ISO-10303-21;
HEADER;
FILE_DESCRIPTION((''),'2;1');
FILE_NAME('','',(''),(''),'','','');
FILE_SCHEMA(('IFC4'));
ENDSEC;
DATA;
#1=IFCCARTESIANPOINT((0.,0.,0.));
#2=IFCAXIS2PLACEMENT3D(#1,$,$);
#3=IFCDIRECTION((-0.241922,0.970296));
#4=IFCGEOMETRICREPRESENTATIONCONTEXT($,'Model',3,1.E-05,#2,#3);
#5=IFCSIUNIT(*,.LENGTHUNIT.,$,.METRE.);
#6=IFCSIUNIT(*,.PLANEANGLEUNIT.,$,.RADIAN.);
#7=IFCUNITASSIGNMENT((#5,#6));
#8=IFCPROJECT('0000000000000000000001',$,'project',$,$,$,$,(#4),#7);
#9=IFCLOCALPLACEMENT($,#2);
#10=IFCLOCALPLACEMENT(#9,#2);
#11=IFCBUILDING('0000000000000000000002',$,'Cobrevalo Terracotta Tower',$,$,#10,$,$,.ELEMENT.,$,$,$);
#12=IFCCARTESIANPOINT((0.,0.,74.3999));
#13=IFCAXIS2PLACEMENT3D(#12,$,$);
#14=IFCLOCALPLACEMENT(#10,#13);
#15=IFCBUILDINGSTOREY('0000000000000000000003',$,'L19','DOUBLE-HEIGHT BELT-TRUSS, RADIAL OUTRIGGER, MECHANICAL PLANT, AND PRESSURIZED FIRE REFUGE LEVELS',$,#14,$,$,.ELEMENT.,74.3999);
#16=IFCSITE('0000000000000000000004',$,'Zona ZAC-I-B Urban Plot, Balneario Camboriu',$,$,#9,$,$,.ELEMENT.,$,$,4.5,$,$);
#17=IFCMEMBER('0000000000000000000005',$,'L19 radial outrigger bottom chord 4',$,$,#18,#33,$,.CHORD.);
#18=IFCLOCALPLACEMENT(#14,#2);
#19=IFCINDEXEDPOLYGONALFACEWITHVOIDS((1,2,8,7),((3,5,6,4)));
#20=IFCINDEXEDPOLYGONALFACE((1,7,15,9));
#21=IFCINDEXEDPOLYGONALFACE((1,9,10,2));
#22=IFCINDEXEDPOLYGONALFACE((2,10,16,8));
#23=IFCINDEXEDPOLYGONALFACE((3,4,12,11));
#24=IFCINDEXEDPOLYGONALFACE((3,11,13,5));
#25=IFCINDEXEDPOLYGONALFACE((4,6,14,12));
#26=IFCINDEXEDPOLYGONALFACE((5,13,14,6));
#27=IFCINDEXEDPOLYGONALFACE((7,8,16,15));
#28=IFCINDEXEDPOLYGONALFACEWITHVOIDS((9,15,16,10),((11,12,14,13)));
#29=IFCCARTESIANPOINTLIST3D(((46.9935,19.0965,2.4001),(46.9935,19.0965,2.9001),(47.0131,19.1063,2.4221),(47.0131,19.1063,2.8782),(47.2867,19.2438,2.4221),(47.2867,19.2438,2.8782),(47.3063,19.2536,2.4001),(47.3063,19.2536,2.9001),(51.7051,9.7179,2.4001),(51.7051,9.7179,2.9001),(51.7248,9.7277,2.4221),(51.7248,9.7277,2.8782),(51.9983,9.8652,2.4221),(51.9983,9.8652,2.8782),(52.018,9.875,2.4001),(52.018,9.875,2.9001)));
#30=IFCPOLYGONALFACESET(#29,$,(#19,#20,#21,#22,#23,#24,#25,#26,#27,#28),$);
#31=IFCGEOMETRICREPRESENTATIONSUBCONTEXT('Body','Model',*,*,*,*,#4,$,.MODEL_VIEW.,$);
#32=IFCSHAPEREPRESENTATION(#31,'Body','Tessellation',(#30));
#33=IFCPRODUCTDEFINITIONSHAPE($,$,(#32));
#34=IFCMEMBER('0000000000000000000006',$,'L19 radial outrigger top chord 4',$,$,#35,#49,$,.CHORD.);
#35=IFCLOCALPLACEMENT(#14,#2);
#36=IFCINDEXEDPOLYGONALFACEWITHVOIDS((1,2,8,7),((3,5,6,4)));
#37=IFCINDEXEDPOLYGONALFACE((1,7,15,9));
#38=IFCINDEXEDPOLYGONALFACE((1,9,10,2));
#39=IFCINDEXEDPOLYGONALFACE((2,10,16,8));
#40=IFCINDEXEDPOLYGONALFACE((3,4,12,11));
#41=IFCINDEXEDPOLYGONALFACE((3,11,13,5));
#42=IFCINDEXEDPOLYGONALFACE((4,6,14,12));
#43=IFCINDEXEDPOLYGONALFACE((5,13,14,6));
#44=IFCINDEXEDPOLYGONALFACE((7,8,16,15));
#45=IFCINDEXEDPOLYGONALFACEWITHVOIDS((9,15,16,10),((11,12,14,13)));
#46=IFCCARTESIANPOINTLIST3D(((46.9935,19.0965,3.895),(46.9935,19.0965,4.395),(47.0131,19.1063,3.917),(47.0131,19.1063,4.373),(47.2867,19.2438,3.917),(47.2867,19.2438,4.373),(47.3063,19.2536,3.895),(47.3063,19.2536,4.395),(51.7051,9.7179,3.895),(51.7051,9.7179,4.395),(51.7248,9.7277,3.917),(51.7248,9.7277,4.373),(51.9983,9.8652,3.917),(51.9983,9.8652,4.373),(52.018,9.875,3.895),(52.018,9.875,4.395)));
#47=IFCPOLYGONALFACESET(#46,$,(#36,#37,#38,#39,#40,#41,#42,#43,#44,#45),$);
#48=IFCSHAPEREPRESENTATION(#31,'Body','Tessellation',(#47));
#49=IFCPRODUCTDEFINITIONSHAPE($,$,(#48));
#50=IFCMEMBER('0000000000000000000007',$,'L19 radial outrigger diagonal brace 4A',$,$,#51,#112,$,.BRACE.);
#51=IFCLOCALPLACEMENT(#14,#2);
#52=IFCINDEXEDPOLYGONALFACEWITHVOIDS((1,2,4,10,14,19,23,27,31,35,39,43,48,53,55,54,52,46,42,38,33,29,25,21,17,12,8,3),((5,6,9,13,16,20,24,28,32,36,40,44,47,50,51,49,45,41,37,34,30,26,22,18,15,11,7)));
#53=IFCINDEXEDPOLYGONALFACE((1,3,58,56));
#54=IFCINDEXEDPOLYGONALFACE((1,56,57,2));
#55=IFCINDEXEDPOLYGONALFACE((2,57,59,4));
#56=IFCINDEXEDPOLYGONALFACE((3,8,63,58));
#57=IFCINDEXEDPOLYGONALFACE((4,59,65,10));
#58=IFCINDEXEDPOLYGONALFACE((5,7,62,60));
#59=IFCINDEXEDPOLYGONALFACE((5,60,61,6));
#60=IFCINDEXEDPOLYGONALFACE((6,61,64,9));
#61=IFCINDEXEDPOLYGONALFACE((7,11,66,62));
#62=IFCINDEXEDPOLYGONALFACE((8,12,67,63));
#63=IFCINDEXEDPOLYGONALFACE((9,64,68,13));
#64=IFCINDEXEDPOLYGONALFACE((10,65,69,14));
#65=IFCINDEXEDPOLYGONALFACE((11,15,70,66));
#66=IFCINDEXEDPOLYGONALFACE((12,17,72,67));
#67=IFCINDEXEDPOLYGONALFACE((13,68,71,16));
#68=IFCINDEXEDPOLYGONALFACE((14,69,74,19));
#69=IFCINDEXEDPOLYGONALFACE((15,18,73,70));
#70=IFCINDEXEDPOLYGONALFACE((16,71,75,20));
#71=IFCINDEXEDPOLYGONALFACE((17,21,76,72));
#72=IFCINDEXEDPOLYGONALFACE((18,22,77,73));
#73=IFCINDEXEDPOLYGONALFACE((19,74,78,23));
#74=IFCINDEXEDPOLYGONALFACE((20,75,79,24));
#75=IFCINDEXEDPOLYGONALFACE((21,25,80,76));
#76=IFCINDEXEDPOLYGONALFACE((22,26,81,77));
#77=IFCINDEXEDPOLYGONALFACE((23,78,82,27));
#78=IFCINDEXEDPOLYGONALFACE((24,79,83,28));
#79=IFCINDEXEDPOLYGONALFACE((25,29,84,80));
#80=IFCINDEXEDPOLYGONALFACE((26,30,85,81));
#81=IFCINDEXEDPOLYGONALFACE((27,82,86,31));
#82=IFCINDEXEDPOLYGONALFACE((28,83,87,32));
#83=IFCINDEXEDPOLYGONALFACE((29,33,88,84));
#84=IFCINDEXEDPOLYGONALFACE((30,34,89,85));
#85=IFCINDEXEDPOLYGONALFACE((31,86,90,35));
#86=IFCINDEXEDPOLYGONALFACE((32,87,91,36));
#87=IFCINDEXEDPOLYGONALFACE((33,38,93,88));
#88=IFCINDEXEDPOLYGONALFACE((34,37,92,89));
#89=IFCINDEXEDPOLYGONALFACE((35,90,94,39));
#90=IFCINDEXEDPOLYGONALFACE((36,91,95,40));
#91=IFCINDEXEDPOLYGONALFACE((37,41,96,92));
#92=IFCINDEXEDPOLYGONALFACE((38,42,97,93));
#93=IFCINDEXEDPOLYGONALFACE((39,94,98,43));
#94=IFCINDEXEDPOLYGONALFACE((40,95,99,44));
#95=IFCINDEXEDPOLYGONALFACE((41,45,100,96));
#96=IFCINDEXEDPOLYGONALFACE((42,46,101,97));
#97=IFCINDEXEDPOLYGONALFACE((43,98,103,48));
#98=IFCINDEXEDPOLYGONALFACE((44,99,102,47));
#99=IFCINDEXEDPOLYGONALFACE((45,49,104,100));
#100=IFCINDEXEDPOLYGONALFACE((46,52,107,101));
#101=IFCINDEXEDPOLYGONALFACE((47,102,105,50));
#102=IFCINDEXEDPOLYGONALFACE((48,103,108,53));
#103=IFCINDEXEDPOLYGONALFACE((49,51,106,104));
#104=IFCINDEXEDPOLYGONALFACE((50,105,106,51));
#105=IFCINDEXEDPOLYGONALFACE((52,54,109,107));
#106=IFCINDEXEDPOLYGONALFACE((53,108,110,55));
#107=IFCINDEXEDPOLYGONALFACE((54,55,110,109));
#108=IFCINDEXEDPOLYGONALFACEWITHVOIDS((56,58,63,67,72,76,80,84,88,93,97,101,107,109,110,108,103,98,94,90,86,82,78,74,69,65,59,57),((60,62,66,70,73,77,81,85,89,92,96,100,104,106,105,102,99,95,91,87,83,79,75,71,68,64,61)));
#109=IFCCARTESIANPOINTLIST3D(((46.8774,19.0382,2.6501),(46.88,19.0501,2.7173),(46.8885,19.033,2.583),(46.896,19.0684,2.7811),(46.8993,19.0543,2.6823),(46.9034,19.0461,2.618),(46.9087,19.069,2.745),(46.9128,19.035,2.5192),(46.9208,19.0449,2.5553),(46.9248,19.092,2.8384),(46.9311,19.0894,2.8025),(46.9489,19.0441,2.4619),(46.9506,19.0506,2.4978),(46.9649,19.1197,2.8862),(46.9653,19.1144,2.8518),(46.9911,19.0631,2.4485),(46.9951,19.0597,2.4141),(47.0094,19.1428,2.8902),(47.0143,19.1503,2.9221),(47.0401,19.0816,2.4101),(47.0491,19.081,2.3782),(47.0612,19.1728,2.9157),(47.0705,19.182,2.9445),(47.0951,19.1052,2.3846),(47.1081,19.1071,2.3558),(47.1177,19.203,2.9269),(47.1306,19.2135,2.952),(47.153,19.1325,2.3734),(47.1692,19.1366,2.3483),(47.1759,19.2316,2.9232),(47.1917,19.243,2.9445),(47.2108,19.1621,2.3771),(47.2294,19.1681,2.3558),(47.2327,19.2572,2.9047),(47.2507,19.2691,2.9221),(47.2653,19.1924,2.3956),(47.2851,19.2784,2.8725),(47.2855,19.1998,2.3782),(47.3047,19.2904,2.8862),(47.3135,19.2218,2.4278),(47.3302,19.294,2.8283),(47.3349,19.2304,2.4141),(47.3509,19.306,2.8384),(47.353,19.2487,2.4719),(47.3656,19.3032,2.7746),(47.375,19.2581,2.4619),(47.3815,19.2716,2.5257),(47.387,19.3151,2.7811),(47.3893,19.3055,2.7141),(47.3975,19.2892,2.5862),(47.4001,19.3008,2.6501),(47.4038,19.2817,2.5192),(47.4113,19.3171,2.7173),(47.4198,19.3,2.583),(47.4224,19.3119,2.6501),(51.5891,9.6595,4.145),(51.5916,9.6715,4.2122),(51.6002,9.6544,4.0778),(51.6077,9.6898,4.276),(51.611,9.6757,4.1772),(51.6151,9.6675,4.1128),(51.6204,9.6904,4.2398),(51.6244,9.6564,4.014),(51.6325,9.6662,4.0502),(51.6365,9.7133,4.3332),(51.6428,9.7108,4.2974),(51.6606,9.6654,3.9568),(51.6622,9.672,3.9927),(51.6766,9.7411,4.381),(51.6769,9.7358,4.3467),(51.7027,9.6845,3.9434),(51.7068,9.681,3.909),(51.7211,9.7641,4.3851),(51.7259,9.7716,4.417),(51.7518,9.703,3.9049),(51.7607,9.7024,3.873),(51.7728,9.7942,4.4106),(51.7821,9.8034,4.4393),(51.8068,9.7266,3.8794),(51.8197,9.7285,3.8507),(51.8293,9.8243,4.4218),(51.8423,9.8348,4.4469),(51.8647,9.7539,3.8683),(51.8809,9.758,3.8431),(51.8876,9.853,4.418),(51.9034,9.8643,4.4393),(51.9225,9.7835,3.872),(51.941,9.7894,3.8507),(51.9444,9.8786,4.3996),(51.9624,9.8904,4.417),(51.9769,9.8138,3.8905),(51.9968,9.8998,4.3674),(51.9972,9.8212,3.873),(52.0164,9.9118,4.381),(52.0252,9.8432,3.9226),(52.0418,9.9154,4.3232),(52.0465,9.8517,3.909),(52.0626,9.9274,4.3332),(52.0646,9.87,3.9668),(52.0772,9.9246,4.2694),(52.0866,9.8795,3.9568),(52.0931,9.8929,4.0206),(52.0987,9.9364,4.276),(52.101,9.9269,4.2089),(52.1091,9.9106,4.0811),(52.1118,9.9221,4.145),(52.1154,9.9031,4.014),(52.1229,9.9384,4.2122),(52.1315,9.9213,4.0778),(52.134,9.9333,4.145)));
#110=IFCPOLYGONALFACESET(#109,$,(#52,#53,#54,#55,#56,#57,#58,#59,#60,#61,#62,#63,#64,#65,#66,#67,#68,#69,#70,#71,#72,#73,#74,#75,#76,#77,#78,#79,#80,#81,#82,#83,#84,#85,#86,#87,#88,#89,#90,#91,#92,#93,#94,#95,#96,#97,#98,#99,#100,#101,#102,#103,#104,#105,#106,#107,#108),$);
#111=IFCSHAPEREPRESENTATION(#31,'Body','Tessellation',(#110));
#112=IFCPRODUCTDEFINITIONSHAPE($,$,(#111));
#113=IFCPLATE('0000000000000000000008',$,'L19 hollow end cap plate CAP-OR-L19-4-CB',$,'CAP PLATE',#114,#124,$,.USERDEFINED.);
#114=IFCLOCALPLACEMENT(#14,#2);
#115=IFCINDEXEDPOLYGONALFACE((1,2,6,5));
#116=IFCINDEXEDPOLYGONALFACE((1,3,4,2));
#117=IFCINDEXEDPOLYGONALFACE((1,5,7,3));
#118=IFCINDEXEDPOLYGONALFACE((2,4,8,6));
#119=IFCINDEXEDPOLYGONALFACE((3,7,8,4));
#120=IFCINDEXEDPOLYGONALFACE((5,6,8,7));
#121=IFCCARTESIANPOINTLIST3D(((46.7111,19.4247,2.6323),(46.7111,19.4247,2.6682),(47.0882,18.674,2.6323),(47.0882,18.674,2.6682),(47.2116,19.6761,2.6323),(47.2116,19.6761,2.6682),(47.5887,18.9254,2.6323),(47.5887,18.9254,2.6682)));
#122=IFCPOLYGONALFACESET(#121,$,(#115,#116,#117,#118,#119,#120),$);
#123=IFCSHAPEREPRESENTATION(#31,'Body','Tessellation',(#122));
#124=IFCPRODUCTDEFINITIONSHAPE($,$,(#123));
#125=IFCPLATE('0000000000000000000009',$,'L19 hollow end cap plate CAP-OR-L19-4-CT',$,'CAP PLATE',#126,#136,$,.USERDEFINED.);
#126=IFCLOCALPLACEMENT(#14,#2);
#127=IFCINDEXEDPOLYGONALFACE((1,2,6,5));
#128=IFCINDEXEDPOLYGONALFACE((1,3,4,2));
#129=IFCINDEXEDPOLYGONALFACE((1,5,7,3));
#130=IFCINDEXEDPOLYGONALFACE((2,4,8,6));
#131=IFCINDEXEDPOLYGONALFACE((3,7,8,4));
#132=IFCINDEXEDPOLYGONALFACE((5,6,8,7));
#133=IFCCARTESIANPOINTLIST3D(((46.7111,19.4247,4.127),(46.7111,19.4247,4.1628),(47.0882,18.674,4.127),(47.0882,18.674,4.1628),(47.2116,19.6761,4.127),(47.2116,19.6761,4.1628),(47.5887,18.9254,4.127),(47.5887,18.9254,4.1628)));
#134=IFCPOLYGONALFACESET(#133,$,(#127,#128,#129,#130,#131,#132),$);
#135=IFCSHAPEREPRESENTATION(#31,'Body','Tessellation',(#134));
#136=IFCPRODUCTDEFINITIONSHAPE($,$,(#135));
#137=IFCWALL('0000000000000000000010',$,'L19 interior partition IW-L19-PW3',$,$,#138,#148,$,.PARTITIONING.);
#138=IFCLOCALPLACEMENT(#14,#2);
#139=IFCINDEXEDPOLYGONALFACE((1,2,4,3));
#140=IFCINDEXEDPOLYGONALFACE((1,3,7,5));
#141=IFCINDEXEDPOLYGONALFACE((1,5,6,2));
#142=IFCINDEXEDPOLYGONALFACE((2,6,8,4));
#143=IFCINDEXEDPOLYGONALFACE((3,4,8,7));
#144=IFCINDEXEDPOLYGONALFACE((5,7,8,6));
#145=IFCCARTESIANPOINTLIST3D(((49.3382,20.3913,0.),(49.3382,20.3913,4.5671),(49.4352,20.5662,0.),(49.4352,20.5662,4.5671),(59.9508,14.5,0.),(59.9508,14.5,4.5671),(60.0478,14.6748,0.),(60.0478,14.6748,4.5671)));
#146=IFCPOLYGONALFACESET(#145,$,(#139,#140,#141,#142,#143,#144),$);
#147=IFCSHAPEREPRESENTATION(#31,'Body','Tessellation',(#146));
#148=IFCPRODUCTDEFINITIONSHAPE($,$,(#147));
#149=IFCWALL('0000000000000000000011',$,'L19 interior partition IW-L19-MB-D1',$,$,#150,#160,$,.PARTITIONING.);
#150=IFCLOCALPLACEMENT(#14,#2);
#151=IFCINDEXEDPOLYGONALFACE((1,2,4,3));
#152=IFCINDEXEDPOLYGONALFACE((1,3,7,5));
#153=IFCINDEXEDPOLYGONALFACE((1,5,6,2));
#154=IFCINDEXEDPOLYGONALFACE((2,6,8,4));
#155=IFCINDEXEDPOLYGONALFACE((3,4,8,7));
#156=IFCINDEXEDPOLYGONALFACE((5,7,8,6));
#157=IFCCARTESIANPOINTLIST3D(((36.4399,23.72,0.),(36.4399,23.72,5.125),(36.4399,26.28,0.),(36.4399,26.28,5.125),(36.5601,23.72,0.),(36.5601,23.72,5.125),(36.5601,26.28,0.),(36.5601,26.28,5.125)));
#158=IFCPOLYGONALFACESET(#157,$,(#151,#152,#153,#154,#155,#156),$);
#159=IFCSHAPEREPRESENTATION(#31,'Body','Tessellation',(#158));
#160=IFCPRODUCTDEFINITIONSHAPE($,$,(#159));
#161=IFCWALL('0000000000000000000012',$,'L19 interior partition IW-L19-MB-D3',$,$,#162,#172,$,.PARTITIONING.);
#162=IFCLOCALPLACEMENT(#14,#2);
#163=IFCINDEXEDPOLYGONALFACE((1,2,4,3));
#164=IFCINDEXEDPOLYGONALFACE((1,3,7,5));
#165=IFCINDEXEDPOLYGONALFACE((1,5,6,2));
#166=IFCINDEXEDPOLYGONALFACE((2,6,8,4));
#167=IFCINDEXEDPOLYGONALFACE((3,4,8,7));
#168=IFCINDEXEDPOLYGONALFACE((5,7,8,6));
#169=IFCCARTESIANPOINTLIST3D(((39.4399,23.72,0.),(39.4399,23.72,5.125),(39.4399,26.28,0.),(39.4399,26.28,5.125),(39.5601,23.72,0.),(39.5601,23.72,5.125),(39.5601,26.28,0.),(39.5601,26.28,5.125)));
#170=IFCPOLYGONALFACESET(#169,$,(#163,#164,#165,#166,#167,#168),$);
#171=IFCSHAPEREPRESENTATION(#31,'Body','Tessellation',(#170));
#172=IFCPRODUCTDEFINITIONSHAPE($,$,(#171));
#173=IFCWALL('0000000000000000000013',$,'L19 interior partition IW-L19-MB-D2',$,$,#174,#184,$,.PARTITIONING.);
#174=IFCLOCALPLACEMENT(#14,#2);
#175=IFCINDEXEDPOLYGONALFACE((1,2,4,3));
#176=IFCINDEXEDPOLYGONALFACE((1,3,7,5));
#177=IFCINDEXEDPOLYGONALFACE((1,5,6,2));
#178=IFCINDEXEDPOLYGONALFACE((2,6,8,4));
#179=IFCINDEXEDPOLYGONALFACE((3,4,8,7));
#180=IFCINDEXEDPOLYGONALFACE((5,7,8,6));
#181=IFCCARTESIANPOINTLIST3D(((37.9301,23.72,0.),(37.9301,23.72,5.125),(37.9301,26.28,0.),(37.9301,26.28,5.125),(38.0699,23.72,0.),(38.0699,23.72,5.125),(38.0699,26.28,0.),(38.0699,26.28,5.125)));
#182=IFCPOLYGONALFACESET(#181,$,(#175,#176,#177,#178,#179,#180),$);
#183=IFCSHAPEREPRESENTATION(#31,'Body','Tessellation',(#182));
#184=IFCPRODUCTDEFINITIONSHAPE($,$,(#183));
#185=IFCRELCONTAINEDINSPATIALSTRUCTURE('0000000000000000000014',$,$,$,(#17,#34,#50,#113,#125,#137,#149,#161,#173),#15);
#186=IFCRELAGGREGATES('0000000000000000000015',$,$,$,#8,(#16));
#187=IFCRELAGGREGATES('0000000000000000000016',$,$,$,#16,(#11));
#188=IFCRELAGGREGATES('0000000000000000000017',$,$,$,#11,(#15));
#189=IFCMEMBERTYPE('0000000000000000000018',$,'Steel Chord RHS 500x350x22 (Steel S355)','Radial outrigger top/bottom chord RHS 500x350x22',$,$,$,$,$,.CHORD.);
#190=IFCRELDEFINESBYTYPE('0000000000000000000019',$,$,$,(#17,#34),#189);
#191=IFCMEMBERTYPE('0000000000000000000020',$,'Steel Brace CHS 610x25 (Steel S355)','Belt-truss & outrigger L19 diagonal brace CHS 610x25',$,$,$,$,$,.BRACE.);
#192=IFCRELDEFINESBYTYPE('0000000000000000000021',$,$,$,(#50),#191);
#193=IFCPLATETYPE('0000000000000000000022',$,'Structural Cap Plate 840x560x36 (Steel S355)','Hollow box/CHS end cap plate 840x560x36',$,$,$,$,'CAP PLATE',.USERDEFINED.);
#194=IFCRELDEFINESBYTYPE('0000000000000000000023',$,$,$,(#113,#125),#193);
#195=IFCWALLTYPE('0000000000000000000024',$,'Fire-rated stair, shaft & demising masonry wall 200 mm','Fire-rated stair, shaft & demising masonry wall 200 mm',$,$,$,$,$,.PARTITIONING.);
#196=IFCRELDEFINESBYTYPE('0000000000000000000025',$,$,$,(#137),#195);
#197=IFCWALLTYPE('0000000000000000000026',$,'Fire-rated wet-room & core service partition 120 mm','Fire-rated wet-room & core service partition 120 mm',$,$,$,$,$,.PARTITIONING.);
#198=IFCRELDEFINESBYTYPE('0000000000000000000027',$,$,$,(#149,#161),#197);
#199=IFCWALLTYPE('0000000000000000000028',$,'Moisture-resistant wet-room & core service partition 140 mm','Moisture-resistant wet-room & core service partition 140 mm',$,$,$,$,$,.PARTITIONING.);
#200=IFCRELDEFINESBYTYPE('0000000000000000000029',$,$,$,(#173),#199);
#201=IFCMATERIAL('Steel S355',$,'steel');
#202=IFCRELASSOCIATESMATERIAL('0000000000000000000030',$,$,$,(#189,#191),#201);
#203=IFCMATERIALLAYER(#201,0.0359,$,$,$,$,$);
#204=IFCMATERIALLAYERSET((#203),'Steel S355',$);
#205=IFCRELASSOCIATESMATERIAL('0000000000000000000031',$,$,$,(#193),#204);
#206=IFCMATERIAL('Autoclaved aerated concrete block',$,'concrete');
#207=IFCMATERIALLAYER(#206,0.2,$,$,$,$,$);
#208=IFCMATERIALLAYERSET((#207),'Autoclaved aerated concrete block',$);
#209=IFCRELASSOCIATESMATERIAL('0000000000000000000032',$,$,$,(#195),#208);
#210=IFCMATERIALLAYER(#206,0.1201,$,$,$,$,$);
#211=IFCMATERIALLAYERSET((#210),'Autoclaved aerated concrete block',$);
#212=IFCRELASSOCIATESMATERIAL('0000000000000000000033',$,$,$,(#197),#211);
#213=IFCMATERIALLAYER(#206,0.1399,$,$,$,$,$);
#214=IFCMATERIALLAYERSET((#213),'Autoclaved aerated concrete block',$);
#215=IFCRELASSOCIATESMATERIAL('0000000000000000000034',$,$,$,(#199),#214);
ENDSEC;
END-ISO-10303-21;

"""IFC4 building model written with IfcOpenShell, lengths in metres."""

from ifc_helpers import new_model, si_unit, direction, frame, frame_2d, origin, origin_2d, place, context, subcontext, project, spatial, rectangle, hollow_rectangle, hollow_circle, extrude, source, transform, mapped, material, layer, layer_set, material_profile, profile_set, type_object, element, save


model = new_model("IFC4")

# Units and contexts
model_context = context("Model", 3, precision=1e-05, world=origin(), true_north=direction((-0.241922, 0.970296)))
body_context = subcontext(model_context, "Body", "Model", "MODEL_VIEW")
ifc_project = project(units=[si_unit("LENGTHUNIT", "METRE"), si_unit("PLANEANGLEUNIT", "RADIAN")], contexts=[model_context])

# Site, building, storey
site_placement = place(None, origin())
site = spatial("IfcSite", under=ifc_project, at=site_placement, Name="Zona ZAC-I-B Urban Plot, Balneario Camboriu", CompositionType="ELEMENT", RefElevation=4.5)
building_placement = place(site_placement, origin())
building = spatial("IfcBuilding", under=site, at=building_placement, Name="Cobrevalo Terracotta Tower", CompositionType="ELEMENT")
storey_placement = place(building_placement, frame((0.0, 0.0, 74.3999)))
storey = spatial("IfcBuildingStorey", under=building, at=storey_placement, Name="L19", Description="DOUBLE-HEIGHT BELT-TRUSS, RADIAL OUTRIGGER, MECHANICAL PLANT, AND PRESSURIZED FIRE REFUGE LEVELS", CompositionType="ELEMENT", Elevation=74.3999)

# Members
ifc_material_1 = material(Name="Steel S355", Category="steel")
ifc_material_profile_1 = material_profile(ifc_material_1, hollow_rectangle(XDim=0.3501, YDim=0.5, WallThickness=0.022, at=origin_2d()), Name="RHS 500x350x22")
ifc_profile_set_1 = profile_set([ifc_material_profile_1], Name="Steel S355")
member_type_1 = type_object("IfcMemberType", Name="Steel Chord RHS 500x350x22 (Steel S355)", Description="Radial outrigger top/bottom chord RHS 500x350x22", PredefinedType="CHORD", material=ifc_profile_set_1)
shared_shape_1 = source(origin(), body_context, "Body", "SweptSolid", [
    extrude(hollow_rectangle(XDim=0.3501, YDim=0.5, WallThickness=0.022, at=origin_2d()), origin(), (0.0, 0.0, 1.0), 10.4956),
])
for number, where, z_axis, x_axis, name in (
    (1, (47.1499, 19.175, 2.6501), (0.448915, -0.893574, 0.0), (0.893574, 0.448915, 0.0), "L19 radial outrigger bottom chord 4"),
    (2, (47.1499, 19.175, 4.145), (0.448915, -0.893574, 0.0), (0.893574, 0.448915, 0.0), "L19 radial outrigger top chord 4"),
):
    element("IfcMember", number, at=place(storey_placement, frame(where, z_axis=z_axis, x_axis=x_axis)), inside=storey, type_object=member_type_1, Name=name, PredefinedType="CHORD", context=body_context, shape_type="MappedRepresentation", body=[
        mapped(shared_shape_1, transform((0.0, 0.0, 0.0), scale=1.0)),
    ])
ifc_material_profile_2 = material_profile(ifc_material_1, hollow_circle(Radius=0.3049, WallThickness=0.0249, at=origin_2d()), Name="CHS 610x25")
ifc_profile_set_2 = profile_set([ifc_material_profile_2], Name="Steel S355")
member_type_2 = type_object("IfcMemberType", Name="Steel Brace CHS 610x25 (Steel S355)", Description="Belt-truss & outrigger L19 diagonal brace CHS 610x25", PredefinedType="BRACE", material=ifc_profile_set_2)
shared_shape_2 = source(origin(), body_context, "Body", "SweptSolid", [
    extrude(hollow_circle(Radius=0.3049, WallThickness=0.0249, at=origin_2d()), origin(), (0.0, 0.0, 1.0), 10.6016),
])
member_placement = place(storey_placement, frame((47.1499, 19.175, 2.6501), z_axis=(0.44443, -0.884646, 0.141005), x_axis=(0.893574, 0.448915, 0.0)))
element("IfcMember", 3, at=member_placement, inside=storey, type_object=member_type_2, Name="L19 radial outrigger diagonal brace 4A", PredefinedType="BRACE", context=body_context, shape_type="MappedRepresentation", body=[
    mapped(shared_shape_2, transform((0.0, 0.0, 0.0), scale=1.0)),
])

# Plates
ifc_layer_1 = layer(ifc_material_1, 0.0359)
ifc_layer_set_1 = layer_set([ifc_layer_1], Name="Steel S355")
plate_type = type_object("IfcPlateType", Name="Structural Cap Plate 840x560x36 (Steel S355)", Description="Hollow box/CHS end cap plate 840x560x36", ElementType="CAP PLATE", PredefinedType="USERDEFINED", material=ifc_layer_set_1)
shared_shape_3 = source(origin(), body_context, "Body", "SweptSolid", [
    extrude(rectangle(XDim=0.8401, YDim=0.5601, at=origin_2d()), origin(), (0.0, 0.0, 1.0), 0.0359),
])
for number, where, z_axis, x_axis, name in (
    (4, (47.1499, 19.175, 2.6323), (0.0, 0.0, 1.0), (0.448904, -0.89358, 0.0), "L19 hollow end cap plate CAP-OR-L19-4-CB"),
    (5, (47.1499, 19.175, 4.127), (0.0, 0.0, 1.0), (0.448904, -0.89358, 0.0), "L19 hollow end cap plate CAP-OR-L19-4-CT"),
):
    element("IfcPlate", number, at=place(storey_placement, frame(where, z_axis=z_axis, x_axis=x_axis)), inside=storey, type_object=plate_type, Name=name, ObjectType="CAP PLATE", PredefinedType="USERDEFINED", context=body_context, shape_type="MappedRepresentation", body=[
        mapped(shared_shape_3, transform((0.0, 0.0, 0.0), scale=1.0)),
    ])

# Walls
ifc_material_2 = material(Name="Autoclaved aerated concrete block", Category="concrete")
ifc_layer_2 = layer(ifc_material_2, 0.2)
ifc_layer_set_2 = layer_set([ifc_layer_2], Name="Autoclaved aerated concrete block")
wall_type_1 = type_object("IfcWallType", Name="Fire-rated stair, shaft & demising masonry wall 200 mm", Description="Fire-rated stair, shaft & demising masonry wall 200 mm", PredefinedType="PARTITIONING", material=ifc_layer_set_2)
wall_1_placement = place(storey_placement, frame((49.3867, 20.4788, 0.0), z_axis=(0.0, 0.0, 1.0), x_axis=(0.874315, -0.485359, 0.0)))
element("IfcWall", 6, at=wall_1_placement, inside=storey, type_object=wall_type_1, Name="L19 interior partition IW-L19-PW3", PredefinedType="PARTITIONING", context=body_context, shape_type="SweptSolid", body=[
    extrude(rectangle(XDim=12.1382, YDim=0.2, at=frame_2d((6.0691, 0.0))), origin(), (0.0, 0.0, 1.0), 4.5671),
])
ifc_layer_3 = layer(ifc_material_2, 0.1201)
ifc_layer_set_3 = layer_set([ifc_layer_3], Name="Autoclaved aerated concrete block")
wall_type_2 = type_object("IfcWallType", Name="Fire-rated wet-room & core service partition 120 mm", Description="Fire-rated wet-room & core service partition 120 mm", PredefinedType="PARTITIONING", material=ifc_layer_set_3)
for number, where, z_axis, x_axis, name in (
    (7, (36.5, 23.72, 0.0), (0.0, 0.0, 1.0), (0.0, 1.0, 0.0), "L19 interior partition IW-L19-MB-D1"),
    (8, (39.5, 23.72, 0.0), (0.0, 0.0, 1.0), (0.0, 1.0, 0.0), "L19 interior partition IW-L19-MB-D3"),
):
    element("IfcWall", number, at=place(storey_placement, frame(where, z_axis=z_axis, x_axis=x_axis)), inside=storey, type_object=wall_type_2, Name=name, PredefinedType="PARTITIONING", context=body_context, shape_type="SweptSolid", body=[
        extrude(rectangle(XDim=2.5601, YDim=0.1201, at=frame_2d((1.28, 0.0))), origin(), (0.0, 0.0, 1.0), 5.125),
    ])
ifc_layer_4 = layer(ifc_material_2, 0.1399)
ifc_layer_set_4 = layer_set([ifc_layer_4], Name="Autoclaved aerated concrete block")
wall_type_3 = type_object("IfcWallType", Name="Moisture-resistant wet-room & core service partition 140 mm", Description="Moisture-resistant wet-room & core service partition 140 mm", PredefinedType="PARTITIONING", material=ifc_layer_set_4)
wall_2_placement = place(storey_placement, frame((38.0, 23.72, 0.0), z_axis=(0.0, 0.0, 1.0), x_axis=(0.0, 1.0, 0.0)))
element("IfcWall", 9, at=wall_2_placement, inside=storey, type_object=wall_type_3, Name="L19 interior partition IW-L19-MB-D2", PredefinedType="PARTITIONING", context=body_context, shape_type="SweptSolid", body=[
    extrude(rectangle(XDim=2.5601, YDim=0.1399, at=frame_2d((1.28, 0.0))), origin(), (0.0, 0.0, 1.0), 5.125),
])

save(model, "model.ifc")
